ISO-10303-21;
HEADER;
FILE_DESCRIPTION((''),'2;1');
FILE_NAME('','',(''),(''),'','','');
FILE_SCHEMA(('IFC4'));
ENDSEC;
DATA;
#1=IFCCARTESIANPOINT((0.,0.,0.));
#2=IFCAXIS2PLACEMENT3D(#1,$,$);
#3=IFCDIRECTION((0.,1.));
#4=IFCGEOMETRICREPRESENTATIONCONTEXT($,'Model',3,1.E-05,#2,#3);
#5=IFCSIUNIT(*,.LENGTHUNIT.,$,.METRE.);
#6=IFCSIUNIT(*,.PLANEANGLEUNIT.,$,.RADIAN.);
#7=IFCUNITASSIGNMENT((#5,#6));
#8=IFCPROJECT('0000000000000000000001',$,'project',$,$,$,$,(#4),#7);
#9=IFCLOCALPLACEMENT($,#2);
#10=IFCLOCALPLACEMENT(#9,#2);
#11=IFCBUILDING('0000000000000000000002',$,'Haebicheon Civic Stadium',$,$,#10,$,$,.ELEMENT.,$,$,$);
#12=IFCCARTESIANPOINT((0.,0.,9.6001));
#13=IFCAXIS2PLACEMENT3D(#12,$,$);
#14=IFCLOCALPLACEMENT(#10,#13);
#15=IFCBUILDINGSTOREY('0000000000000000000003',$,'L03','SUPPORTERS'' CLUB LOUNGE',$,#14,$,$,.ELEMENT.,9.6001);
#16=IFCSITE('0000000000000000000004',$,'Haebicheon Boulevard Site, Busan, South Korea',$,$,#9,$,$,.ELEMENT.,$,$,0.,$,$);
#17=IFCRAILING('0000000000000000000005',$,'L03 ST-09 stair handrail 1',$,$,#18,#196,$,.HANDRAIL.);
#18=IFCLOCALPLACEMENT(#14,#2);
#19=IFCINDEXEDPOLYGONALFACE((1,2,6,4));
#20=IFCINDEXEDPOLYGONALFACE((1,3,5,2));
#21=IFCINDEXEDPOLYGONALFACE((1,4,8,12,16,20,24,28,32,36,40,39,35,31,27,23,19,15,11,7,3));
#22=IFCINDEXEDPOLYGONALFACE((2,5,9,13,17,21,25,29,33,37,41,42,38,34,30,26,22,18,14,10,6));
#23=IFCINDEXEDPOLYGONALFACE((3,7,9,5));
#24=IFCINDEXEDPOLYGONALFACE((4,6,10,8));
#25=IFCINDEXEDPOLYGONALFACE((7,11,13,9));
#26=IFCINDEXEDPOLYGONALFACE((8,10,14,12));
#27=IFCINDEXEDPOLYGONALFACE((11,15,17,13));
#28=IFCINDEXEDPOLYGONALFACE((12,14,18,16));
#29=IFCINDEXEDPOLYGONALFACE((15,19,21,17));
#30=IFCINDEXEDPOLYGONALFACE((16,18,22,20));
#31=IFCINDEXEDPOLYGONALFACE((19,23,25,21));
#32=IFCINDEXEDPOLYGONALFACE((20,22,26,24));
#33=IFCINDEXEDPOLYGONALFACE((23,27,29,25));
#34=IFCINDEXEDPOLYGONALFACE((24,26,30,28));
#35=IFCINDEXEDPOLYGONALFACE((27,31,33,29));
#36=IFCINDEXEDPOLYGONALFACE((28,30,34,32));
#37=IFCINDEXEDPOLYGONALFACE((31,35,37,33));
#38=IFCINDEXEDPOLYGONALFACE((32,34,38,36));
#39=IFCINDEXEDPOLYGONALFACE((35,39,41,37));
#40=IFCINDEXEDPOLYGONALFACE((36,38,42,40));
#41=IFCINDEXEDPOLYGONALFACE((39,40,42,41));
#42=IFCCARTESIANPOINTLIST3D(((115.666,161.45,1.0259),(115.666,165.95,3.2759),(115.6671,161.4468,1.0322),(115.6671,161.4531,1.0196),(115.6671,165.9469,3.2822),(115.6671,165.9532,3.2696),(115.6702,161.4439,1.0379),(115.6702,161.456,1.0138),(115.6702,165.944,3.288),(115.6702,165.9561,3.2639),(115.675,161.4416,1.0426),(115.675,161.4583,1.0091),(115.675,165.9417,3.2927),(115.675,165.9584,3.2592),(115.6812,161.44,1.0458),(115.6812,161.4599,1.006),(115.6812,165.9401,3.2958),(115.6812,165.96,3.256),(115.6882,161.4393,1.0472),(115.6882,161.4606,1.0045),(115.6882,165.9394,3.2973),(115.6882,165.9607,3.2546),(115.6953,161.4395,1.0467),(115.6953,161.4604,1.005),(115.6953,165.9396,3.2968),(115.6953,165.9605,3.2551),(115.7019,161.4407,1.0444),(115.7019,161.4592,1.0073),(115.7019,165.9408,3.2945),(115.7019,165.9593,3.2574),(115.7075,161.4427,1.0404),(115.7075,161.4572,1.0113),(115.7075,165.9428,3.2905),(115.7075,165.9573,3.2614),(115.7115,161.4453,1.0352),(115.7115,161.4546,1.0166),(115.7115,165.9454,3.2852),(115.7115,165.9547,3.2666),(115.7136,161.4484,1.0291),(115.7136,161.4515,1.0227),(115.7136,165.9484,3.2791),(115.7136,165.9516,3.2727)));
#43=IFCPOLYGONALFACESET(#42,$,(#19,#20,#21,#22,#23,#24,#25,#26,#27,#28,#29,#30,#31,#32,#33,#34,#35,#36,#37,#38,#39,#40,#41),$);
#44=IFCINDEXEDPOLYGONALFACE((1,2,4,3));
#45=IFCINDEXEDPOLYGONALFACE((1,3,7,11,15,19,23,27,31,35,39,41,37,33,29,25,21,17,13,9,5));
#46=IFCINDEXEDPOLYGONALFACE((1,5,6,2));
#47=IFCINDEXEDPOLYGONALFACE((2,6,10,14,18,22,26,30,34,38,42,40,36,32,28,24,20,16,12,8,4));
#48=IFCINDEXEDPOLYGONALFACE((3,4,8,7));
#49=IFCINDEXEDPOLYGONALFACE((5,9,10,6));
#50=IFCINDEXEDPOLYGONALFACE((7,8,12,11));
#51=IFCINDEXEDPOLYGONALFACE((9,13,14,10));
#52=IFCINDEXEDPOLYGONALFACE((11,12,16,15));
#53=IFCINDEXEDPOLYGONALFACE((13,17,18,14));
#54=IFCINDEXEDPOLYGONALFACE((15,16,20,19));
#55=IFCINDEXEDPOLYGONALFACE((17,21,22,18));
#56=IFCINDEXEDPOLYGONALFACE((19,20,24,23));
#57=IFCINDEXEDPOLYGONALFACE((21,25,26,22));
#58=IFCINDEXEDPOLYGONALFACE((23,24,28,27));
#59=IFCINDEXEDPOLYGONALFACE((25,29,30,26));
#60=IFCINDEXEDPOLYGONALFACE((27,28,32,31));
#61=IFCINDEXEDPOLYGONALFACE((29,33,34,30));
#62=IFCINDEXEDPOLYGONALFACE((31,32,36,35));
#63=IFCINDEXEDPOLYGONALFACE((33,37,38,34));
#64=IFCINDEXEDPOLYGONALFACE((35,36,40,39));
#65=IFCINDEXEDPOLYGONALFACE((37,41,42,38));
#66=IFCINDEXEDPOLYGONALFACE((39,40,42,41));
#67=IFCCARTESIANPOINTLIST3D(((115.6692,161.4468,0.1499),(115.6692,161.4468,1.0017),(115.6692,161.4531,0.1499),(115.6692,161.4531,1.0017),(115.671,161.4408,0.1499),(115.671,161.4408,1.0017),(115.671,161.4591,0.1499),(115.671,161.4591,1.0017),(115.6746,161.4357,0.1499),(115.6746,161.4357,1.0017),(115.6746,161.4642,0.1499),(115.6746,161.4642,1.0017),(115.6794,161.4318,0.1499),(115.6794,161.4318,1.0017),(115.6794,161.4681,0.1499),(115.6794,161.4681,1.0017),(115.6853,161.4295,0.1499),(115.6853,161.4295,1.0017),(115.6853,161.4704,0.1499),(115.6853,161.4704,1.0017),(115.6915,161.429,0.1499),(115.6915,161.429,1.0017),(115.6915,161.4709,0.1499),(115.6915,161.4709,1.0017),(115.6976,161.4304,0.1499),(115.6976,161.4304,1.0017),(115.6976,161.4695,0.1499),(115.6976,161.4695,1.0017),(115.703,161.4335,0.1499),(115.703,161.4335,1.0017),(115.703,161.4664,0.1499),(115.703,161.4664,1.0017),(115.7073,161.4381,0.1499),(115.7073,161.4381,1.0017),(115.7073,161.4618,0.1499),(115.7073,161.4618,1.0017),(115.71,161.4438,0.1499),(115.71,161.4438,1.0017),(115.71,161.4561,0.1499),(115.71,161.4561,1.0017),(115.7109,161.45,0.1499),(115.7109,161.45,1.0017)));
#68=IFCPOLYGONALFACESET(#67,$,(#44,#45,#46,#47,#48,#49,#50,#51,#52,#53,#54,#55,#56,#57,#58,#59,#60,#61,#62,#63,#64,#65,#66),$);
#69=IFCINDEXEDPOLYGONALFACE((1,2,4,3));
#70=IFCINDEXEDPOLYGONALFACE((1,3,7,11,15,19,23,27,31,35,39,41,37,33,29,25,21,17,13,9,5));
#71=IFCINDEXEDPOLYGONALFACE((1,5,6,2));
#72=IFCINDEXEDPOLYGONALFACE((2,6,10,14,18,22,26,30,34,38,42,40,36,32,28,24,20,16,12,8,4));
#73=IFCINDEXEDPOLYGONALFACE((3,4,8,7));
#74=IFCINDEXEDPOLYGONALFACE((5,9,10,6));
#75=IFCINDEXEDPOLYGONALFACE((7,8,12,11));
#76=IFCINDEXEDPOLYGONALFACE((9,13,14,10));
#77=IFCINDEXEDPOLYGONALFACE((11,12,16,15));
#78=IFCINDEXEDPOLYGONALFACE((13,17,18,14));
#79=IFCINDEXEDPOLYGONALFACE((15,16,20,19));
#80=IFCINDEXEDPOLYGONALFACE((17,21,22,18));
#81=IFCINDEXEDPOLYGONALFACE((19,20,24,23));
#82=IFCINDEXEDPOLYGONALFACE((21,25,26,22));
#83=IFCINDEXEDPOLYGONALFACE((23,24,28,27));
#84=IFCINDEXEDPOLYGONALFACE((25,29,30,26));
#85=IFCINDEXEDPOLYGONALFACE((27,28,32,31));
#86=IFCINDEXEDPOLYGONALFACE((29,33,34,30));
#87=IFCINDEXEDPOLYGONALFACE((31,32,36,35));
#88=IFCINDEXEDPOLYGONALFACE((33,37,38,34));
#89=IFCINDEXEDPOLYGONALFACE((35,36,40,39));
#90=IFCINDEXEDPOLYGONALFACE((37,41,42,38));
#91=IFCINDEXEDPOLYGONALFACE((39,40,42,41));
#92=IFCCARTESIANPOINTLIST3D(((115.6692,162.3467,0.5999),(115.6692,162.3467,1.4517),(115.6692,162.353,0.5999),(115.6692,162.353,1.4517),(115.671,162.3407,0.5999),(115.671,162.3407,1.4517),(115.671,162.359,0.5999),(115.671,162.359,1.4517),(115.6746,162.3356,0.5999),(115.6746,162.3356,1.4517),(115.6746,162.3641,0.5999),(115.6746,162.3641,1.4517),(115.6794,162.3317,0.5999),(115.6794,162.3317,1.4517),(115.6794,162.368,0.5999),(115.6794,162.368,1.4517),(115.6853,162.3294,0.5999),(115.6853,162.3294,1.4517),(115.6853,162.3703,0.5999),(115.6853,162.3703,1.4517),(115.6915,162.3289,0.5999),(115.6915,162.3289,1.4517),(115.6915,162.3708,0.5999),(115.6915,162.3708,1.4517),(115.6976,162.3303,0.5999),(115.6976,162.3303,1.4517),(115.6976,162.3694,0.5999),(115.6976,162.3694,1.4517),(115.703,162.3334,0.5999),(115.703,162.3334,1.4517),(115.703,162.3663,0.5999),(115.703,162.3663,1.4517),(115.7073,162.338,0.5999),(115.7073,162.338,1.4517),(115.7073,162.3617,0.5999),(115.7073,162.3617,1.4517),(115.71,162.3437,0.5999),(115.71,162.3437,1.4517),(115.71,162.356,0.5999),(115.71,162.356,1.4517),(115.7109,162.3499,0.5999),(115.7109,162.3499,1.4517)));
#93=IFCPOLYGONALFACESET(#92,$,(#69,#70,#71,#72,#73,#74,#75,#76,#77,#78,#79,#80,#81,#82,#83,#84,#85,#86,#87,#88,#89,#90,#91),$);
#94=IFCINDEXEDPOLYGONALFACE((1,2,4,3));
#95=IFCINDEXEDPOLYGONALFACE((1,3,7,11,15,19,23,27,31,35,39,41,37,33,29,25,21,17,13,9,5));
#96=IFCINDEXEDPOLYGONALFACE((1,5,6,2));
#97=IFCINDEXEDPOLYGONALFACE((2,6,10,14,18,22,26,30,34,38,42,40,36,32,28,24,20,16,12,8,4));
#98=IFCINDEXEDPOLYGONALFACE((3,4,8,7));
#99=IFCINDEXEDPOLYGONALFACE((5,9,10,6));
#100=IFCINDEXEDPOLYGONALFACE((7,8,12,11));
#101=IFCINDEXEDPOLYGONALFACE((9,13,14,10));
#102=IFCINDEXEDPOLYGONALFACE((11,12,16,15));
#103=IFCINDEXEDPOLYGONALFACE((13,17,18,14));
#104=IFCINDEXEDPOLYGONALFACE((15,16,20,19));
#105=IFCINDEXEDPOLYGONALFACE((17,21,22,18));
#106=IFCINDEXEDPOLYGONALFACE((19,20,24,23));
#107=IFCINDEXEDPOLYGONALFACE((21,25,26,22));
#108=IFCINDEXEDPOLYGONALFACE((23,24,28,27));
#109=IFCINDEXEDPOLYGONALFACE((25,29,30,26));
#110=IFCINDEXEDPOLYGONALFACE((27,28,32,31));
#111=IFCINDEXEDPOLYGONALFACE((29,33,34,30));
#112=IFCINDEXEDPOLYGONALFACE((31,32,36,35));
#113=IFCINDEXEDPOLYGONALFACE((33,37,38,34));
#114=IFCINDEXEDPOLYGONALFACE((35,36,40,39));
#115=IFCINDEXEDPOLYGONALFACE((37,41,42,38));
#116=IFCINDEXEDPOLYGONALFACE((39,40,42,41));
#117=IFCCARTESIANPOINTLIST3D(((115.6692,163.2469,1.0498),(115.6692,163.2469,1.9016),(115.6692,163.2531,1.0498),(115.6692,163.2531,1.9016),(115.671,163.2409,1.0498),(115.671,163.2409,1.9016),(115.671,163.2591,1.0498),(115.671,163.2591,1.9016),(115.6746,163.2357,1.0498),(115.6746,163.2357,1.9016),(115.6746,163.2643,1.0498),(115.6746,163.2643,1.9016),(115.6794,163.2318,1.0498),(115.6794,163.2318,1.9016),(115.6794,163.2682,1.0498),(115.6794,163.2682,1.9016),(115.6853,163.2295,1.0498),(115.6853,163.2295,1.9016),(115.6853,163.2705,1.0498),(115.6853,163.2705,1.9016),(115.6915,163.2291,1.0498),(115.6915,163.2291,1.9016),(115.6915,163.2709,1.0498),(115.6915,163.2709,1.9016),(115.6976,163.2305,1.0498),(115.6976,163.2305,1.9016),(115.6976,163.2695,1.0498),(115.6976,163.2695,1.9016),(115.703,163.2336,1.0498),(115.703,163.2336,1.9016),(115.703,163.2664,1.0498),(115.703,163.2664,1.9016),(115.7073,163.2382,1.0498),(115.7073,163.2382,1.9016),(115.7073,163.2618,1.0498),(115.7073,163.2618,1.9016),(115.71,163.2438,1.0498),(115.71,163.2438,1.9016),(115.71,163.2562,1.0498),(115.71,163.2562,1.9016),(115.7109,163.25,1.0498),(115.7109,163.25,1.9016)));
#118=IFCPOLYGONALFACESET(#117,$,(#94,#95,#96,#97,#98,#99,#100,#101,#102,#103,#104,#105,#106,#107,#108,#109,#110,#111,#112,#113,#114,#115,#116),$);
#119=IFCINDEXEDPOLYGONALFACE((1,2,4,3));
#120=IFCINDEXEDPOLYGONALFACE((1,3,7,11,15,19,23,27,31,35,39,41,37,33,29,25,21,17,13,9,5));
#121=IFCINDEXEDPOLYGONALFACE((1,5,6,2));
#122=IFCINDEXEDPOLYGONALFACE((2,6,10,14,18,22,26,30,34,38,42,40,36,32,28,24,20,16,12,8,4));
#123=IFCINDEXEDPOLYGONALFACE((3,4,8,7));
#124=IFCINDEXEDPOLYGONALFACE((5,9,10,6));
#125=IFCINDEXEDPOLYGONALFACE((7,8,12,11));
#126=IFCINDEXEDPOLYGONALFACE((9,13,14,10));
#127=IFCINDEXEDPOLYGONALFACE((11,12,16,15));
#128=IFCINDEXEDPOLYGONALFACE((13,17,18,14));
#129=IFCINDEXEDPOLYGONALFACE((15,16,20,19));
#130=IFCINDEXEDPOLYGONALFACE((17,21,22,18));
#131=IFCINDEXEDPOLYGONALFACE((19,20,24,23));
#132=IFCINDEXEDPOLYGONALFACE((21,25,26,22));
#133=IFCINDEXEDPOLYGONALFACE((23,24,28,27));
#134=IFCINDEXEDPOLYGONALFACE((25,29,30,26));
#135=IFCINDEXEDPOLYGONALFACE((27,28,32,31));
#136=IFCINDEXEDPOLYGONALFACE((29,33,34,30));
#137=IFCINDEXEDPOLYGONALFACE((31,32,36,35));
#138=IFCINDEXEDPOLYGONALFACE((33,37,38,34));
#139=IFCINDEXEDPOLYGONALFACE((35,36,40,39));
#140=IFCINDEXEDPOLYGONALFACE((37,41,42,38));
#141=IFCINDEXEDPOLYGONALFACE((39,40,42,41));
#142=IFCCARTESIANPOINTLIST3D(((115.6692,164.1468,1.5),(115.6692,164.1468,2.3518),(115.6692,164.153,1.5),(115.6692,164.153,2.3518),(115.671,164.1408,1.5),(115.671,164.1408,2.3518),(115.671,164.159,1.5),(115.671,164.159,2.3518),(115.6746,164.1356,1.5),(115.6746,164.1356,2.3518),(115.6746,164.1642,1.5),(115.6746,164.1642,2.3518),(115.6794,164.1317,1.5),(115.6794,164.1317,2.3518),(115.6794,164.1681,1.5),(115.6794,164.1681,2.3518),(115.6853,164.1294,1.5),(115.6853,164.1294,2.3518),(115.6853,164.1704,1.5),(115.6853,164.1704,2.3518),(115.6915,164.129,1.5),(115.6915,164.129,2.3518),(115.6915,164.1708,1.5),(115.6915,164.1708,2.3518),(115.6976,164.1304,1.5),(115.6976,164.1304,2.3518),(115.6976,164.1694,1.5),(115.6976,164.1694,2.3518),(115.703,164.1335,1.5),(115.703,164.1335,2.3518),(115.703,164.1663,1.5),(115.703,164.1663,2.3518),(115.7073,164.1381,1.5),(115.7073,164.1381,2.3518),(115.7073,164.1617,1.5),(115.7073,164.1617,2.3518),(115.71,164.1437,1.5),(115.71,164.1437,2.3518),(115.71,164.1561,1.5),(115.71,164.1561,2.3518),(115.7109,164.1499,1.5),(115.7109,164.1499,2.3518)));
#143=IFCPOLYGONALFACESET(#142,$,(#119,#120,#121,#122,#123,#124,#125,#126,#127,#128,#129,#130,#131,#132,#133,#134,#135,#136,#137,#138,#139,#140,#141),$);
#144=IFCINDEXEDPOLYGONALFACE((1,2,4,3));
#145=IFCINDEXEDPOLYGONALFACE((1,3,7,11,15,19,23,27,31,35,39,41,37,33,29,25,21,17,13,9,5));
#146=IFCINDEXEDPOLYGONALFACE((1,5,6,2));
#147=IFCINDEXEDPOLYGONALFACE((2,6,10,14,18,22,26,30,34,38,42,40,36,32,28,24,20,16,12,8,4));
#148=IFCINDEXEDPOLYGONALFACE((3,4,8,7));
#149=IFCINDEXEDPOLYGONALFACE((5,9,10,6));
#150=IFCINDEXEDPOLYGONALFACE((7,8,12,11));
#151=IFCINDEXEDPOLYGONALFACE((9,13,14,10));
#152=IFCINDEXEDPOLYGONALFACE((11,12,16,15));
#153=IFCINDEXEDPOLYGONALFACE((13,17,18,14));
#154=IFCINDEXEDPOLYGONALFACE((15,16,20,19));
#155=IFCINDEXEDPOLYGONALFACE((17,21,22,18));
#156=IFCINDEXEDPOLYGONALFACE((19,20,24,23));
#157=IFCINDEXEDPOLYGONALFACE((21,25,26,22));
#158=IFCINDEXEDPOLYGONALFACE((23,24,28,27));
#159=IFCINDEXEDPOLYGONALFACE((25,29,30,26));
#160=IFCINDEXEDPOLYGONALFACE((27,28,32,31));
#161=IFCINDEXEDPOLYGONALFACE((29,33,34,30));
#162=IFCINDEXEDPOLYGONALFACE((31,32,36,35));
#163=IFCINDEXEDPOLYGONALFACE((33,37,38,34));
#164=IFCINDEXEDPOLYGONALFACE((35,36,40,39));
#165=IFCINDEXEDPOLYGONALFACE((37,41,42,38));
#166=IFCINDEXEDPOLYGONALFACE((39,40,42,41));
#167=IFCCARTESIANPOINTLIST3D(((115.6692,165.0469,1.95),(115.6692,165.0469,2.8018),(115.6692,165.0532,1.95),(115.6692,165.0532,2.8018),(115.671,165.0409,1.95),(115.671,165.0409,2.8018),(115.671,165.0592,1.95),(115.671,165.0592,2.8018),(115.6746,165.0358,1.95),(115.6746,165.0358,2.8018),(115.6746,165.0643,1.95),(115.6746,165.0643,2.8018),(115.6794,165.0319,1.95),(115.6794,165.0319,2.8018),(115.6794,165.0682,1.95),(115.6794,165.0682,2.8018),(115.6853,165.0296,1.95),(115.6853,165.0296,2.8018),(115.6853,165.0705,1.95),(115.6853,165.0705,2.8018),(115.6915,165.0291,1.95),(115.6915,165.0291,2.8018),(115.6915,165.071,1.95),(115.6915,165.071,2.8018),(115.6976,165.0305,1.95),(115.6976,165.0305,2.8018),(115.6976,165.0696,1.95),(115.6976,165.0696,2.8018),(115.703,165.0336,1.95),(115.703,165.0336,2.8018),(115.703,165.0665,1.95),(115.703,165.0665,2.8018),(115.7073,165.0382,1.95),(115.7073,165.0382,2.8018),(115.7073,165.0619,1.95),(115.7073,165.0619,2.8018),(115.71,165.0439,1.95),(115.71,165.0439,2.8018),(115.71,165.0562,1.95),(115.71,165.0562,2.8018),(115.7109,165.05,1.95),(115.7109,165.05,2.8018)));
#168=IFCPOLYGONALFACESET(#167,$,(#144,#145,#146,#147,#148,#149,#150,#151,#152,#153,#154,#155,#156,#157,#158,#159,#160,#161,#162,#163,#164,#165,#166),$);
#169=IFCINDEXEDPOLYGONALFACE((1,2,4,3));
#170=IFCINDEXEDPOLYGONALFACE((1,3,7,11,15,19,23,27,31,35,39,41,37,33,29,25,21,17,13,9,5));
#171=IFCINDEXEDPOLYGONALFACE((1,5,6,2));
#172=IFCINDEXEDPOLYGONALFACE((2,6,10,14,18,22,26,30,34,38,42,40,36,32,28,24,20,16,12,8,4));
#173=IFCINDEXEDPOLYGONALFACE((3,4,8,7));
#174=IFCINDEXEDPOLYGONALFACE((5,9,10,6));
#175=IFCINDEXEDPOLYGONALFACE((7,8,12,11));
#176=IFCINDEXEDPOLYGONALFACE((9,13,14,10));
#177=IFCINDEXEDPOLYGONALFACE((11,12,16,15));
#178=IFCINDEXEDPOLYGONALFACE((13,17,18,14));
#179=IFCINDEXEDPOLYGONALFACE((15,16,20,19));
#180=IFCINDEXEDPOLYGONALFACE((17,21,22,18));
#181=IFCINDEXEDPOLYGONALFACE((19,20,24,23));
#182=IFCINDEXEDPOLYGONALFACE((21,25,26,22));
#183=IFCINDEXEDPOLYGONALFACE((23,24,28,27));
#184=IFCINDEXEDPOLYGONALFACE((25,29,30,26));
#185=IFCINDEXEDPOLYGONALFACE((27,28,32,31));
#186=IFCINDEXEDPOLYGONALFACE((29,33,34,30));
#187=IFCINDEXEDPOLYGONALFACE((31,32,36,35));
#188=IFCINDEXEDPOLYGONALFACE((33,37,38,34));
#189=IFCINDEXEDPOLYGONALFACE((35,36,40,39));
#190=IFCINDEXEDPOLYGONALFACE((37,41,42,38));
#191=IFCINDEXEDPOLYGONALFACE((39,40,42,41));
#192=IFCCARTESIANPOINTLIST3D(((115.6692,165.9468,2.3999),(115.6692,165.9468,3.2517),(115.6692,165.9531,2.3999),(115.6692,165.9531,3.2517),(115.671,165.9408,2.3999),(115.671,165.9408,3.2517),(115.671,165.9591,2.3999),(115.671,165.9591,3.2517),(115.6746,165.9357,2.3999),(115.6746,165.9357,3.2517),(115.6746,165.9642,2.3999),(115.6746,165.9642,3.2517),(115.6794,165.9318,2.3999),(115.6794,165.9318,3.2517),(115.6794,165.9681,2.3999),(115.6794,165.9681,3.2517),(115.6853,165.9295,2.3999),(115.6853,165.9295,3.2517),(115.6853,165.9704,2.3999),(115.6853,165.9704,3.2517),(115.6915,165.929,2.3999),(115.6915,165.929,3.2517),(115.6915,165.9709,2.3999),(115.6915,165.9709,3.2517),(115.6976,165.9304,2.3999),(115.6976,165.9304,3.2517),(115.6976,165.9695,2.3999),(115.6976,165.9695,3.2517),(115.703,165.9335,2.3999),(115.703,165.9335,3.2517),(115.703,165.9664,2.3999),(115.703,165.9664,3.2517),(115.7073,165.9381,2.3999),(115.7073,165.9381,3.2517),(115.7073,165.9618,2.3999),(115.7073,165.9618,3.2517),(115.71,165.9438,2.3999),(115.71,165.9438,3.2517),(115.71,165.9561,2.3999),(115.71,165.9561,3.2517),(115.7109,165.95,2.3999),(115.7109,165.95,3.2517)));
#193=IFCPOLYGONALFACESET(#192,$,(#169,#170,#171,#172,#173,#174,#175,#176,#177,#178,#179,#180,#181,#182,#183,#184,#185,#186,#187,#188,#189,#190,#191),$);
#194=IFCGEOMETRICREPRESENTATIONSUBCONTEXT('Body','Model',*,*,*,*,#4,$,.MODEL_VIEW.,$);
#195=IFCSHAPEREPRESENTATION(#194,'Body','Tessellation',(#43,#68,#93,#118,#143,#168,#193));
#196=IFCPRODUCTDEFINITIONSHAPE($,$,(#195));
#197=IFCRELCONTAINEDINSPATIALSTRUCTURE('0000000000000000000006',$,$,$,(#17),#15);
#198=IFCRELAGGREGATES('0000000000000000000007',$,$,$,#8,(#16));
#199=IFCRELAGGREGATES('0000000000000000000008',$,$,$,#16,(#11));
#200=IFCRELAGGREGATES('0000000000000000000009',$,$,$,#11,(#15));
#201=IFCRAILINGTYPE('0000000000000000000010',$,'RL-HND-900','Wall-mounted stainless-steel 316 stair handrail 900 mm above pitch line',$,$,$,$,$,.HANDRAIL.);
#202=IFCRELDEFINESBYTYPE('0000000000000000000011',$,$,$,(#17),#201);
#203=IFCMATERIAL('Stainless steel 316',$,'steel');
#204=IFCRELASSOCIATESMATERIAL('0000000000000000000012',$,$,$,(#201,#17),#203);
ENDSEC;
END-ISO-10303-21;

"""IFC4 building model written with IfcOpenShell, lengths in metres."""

from ifc_helpers import new_model, si_unit, direction, frame, origin, origin_2d, place, context, subcontext, project, spatial, circle, extrude, material, type_object, element, save


model = new_model("IFC4")

# Units and contexts
model_context = context("Model", 3, precision=1e-05, world=origin(), true_north=direction((0.0, 1.0)))
body_context = subcontext(model_context, "Body", "Model", "MODEL_VIEW")
ifc_project = project(units=[si_unit("LENGTHUNIT", "METRE"), si_unit("PLANEANGLEUNIT", "RADIAN")], contexts=[model_context])

# Site, building, storey
site_placement = place(None, origin())
site = spatial("IfcSite", under=ifc_project, at=site_placement, Name="Haebicheon Boulevard Site, Busan, South Korea", CompositionType="ELEMENT", RefElevation=0.0)
building_placement = place(site_placement, origin())
building = spatial("IfcBuilding", under=site, at=building_placement, Name="Haebicheon Civic Stadium", CompositionType="ELEMENT")
storey_placement = place(building_placement, frame((0.0, 0.0, 9.6001)))
storey = spatial("IfcBuildingStorey", under=building, at=storey_placement, Name="L03", Description="SUPPORTERS' CLUB LOUNGE", CompositionType="ELEMENT", Elevation=9.6001)

# Railing
ifc_material_1 = material(Name="Stainless steel 316", Category="steel")
railing_type_1 = type_object("IfcRailingType", Name="RL-HND-900", Description="Wall-mounted stainless-steel 316 stair handrail 900 mm above pitch line", PredefinedType="HANDRAIL", material=ifc_material_1)
railing_1_placement = place(storey_placement, frame((115.6899, 161.45, 0.1499)))
element("IfcRailing", 1, at=railing_1_placement, inside=storey, type_object=railing_type_1, material=ifc_material_1, Name="L03 ST-09 stair handrail 1", PredefinedType="HANDRAIL", context=body_context, shape_type="SweptSolid", body=[
    extrude(circle(Radius=0.0239, at=origin_2d()), frame((0.0, 0.0, 0.876), z_axis=(0.0, 0.894427, 0.447214), x_axis=(-1.0, 0.0, 0.0)), (0.0, 0.0, 1.0), 5.0312),
    extrude(circle(Radius=0.021, at=origin_2d()), origin(), (0.0, 0.0, 1.0), 0.8518),
    extrude(circle(Radius=0.021, at=origin_2d()), frame((0.0, 0.8999, 0.45)), (0.0, 0.0, 1.0), 0.8518),
    extrude(circle(Radius=0.021, at=origin_2d()), frame((0.0, 1.8, 0.8999)), (0.0, 0.0, 1.0), 0.8518),
    extrude(circle(Radius=0.021, at=origin_2d()), frame((0.0, 2.7, 1.3501)), (0.0, 0.0, 1.0), 0.8518),
    extrude(circle(Radius=0.021, at=origin_2d()), frame((0.0, 3.6001, 1.8)), (0.0, 0.0, 1.0), 0.8518),
    extrude(circle(Radius=0.021, at=origin_2d()), frame((0.0, 4.5, 2.25)), (0.0, 0.0, 1.0), 0.8518),
])

save(model, "model.ifc")
